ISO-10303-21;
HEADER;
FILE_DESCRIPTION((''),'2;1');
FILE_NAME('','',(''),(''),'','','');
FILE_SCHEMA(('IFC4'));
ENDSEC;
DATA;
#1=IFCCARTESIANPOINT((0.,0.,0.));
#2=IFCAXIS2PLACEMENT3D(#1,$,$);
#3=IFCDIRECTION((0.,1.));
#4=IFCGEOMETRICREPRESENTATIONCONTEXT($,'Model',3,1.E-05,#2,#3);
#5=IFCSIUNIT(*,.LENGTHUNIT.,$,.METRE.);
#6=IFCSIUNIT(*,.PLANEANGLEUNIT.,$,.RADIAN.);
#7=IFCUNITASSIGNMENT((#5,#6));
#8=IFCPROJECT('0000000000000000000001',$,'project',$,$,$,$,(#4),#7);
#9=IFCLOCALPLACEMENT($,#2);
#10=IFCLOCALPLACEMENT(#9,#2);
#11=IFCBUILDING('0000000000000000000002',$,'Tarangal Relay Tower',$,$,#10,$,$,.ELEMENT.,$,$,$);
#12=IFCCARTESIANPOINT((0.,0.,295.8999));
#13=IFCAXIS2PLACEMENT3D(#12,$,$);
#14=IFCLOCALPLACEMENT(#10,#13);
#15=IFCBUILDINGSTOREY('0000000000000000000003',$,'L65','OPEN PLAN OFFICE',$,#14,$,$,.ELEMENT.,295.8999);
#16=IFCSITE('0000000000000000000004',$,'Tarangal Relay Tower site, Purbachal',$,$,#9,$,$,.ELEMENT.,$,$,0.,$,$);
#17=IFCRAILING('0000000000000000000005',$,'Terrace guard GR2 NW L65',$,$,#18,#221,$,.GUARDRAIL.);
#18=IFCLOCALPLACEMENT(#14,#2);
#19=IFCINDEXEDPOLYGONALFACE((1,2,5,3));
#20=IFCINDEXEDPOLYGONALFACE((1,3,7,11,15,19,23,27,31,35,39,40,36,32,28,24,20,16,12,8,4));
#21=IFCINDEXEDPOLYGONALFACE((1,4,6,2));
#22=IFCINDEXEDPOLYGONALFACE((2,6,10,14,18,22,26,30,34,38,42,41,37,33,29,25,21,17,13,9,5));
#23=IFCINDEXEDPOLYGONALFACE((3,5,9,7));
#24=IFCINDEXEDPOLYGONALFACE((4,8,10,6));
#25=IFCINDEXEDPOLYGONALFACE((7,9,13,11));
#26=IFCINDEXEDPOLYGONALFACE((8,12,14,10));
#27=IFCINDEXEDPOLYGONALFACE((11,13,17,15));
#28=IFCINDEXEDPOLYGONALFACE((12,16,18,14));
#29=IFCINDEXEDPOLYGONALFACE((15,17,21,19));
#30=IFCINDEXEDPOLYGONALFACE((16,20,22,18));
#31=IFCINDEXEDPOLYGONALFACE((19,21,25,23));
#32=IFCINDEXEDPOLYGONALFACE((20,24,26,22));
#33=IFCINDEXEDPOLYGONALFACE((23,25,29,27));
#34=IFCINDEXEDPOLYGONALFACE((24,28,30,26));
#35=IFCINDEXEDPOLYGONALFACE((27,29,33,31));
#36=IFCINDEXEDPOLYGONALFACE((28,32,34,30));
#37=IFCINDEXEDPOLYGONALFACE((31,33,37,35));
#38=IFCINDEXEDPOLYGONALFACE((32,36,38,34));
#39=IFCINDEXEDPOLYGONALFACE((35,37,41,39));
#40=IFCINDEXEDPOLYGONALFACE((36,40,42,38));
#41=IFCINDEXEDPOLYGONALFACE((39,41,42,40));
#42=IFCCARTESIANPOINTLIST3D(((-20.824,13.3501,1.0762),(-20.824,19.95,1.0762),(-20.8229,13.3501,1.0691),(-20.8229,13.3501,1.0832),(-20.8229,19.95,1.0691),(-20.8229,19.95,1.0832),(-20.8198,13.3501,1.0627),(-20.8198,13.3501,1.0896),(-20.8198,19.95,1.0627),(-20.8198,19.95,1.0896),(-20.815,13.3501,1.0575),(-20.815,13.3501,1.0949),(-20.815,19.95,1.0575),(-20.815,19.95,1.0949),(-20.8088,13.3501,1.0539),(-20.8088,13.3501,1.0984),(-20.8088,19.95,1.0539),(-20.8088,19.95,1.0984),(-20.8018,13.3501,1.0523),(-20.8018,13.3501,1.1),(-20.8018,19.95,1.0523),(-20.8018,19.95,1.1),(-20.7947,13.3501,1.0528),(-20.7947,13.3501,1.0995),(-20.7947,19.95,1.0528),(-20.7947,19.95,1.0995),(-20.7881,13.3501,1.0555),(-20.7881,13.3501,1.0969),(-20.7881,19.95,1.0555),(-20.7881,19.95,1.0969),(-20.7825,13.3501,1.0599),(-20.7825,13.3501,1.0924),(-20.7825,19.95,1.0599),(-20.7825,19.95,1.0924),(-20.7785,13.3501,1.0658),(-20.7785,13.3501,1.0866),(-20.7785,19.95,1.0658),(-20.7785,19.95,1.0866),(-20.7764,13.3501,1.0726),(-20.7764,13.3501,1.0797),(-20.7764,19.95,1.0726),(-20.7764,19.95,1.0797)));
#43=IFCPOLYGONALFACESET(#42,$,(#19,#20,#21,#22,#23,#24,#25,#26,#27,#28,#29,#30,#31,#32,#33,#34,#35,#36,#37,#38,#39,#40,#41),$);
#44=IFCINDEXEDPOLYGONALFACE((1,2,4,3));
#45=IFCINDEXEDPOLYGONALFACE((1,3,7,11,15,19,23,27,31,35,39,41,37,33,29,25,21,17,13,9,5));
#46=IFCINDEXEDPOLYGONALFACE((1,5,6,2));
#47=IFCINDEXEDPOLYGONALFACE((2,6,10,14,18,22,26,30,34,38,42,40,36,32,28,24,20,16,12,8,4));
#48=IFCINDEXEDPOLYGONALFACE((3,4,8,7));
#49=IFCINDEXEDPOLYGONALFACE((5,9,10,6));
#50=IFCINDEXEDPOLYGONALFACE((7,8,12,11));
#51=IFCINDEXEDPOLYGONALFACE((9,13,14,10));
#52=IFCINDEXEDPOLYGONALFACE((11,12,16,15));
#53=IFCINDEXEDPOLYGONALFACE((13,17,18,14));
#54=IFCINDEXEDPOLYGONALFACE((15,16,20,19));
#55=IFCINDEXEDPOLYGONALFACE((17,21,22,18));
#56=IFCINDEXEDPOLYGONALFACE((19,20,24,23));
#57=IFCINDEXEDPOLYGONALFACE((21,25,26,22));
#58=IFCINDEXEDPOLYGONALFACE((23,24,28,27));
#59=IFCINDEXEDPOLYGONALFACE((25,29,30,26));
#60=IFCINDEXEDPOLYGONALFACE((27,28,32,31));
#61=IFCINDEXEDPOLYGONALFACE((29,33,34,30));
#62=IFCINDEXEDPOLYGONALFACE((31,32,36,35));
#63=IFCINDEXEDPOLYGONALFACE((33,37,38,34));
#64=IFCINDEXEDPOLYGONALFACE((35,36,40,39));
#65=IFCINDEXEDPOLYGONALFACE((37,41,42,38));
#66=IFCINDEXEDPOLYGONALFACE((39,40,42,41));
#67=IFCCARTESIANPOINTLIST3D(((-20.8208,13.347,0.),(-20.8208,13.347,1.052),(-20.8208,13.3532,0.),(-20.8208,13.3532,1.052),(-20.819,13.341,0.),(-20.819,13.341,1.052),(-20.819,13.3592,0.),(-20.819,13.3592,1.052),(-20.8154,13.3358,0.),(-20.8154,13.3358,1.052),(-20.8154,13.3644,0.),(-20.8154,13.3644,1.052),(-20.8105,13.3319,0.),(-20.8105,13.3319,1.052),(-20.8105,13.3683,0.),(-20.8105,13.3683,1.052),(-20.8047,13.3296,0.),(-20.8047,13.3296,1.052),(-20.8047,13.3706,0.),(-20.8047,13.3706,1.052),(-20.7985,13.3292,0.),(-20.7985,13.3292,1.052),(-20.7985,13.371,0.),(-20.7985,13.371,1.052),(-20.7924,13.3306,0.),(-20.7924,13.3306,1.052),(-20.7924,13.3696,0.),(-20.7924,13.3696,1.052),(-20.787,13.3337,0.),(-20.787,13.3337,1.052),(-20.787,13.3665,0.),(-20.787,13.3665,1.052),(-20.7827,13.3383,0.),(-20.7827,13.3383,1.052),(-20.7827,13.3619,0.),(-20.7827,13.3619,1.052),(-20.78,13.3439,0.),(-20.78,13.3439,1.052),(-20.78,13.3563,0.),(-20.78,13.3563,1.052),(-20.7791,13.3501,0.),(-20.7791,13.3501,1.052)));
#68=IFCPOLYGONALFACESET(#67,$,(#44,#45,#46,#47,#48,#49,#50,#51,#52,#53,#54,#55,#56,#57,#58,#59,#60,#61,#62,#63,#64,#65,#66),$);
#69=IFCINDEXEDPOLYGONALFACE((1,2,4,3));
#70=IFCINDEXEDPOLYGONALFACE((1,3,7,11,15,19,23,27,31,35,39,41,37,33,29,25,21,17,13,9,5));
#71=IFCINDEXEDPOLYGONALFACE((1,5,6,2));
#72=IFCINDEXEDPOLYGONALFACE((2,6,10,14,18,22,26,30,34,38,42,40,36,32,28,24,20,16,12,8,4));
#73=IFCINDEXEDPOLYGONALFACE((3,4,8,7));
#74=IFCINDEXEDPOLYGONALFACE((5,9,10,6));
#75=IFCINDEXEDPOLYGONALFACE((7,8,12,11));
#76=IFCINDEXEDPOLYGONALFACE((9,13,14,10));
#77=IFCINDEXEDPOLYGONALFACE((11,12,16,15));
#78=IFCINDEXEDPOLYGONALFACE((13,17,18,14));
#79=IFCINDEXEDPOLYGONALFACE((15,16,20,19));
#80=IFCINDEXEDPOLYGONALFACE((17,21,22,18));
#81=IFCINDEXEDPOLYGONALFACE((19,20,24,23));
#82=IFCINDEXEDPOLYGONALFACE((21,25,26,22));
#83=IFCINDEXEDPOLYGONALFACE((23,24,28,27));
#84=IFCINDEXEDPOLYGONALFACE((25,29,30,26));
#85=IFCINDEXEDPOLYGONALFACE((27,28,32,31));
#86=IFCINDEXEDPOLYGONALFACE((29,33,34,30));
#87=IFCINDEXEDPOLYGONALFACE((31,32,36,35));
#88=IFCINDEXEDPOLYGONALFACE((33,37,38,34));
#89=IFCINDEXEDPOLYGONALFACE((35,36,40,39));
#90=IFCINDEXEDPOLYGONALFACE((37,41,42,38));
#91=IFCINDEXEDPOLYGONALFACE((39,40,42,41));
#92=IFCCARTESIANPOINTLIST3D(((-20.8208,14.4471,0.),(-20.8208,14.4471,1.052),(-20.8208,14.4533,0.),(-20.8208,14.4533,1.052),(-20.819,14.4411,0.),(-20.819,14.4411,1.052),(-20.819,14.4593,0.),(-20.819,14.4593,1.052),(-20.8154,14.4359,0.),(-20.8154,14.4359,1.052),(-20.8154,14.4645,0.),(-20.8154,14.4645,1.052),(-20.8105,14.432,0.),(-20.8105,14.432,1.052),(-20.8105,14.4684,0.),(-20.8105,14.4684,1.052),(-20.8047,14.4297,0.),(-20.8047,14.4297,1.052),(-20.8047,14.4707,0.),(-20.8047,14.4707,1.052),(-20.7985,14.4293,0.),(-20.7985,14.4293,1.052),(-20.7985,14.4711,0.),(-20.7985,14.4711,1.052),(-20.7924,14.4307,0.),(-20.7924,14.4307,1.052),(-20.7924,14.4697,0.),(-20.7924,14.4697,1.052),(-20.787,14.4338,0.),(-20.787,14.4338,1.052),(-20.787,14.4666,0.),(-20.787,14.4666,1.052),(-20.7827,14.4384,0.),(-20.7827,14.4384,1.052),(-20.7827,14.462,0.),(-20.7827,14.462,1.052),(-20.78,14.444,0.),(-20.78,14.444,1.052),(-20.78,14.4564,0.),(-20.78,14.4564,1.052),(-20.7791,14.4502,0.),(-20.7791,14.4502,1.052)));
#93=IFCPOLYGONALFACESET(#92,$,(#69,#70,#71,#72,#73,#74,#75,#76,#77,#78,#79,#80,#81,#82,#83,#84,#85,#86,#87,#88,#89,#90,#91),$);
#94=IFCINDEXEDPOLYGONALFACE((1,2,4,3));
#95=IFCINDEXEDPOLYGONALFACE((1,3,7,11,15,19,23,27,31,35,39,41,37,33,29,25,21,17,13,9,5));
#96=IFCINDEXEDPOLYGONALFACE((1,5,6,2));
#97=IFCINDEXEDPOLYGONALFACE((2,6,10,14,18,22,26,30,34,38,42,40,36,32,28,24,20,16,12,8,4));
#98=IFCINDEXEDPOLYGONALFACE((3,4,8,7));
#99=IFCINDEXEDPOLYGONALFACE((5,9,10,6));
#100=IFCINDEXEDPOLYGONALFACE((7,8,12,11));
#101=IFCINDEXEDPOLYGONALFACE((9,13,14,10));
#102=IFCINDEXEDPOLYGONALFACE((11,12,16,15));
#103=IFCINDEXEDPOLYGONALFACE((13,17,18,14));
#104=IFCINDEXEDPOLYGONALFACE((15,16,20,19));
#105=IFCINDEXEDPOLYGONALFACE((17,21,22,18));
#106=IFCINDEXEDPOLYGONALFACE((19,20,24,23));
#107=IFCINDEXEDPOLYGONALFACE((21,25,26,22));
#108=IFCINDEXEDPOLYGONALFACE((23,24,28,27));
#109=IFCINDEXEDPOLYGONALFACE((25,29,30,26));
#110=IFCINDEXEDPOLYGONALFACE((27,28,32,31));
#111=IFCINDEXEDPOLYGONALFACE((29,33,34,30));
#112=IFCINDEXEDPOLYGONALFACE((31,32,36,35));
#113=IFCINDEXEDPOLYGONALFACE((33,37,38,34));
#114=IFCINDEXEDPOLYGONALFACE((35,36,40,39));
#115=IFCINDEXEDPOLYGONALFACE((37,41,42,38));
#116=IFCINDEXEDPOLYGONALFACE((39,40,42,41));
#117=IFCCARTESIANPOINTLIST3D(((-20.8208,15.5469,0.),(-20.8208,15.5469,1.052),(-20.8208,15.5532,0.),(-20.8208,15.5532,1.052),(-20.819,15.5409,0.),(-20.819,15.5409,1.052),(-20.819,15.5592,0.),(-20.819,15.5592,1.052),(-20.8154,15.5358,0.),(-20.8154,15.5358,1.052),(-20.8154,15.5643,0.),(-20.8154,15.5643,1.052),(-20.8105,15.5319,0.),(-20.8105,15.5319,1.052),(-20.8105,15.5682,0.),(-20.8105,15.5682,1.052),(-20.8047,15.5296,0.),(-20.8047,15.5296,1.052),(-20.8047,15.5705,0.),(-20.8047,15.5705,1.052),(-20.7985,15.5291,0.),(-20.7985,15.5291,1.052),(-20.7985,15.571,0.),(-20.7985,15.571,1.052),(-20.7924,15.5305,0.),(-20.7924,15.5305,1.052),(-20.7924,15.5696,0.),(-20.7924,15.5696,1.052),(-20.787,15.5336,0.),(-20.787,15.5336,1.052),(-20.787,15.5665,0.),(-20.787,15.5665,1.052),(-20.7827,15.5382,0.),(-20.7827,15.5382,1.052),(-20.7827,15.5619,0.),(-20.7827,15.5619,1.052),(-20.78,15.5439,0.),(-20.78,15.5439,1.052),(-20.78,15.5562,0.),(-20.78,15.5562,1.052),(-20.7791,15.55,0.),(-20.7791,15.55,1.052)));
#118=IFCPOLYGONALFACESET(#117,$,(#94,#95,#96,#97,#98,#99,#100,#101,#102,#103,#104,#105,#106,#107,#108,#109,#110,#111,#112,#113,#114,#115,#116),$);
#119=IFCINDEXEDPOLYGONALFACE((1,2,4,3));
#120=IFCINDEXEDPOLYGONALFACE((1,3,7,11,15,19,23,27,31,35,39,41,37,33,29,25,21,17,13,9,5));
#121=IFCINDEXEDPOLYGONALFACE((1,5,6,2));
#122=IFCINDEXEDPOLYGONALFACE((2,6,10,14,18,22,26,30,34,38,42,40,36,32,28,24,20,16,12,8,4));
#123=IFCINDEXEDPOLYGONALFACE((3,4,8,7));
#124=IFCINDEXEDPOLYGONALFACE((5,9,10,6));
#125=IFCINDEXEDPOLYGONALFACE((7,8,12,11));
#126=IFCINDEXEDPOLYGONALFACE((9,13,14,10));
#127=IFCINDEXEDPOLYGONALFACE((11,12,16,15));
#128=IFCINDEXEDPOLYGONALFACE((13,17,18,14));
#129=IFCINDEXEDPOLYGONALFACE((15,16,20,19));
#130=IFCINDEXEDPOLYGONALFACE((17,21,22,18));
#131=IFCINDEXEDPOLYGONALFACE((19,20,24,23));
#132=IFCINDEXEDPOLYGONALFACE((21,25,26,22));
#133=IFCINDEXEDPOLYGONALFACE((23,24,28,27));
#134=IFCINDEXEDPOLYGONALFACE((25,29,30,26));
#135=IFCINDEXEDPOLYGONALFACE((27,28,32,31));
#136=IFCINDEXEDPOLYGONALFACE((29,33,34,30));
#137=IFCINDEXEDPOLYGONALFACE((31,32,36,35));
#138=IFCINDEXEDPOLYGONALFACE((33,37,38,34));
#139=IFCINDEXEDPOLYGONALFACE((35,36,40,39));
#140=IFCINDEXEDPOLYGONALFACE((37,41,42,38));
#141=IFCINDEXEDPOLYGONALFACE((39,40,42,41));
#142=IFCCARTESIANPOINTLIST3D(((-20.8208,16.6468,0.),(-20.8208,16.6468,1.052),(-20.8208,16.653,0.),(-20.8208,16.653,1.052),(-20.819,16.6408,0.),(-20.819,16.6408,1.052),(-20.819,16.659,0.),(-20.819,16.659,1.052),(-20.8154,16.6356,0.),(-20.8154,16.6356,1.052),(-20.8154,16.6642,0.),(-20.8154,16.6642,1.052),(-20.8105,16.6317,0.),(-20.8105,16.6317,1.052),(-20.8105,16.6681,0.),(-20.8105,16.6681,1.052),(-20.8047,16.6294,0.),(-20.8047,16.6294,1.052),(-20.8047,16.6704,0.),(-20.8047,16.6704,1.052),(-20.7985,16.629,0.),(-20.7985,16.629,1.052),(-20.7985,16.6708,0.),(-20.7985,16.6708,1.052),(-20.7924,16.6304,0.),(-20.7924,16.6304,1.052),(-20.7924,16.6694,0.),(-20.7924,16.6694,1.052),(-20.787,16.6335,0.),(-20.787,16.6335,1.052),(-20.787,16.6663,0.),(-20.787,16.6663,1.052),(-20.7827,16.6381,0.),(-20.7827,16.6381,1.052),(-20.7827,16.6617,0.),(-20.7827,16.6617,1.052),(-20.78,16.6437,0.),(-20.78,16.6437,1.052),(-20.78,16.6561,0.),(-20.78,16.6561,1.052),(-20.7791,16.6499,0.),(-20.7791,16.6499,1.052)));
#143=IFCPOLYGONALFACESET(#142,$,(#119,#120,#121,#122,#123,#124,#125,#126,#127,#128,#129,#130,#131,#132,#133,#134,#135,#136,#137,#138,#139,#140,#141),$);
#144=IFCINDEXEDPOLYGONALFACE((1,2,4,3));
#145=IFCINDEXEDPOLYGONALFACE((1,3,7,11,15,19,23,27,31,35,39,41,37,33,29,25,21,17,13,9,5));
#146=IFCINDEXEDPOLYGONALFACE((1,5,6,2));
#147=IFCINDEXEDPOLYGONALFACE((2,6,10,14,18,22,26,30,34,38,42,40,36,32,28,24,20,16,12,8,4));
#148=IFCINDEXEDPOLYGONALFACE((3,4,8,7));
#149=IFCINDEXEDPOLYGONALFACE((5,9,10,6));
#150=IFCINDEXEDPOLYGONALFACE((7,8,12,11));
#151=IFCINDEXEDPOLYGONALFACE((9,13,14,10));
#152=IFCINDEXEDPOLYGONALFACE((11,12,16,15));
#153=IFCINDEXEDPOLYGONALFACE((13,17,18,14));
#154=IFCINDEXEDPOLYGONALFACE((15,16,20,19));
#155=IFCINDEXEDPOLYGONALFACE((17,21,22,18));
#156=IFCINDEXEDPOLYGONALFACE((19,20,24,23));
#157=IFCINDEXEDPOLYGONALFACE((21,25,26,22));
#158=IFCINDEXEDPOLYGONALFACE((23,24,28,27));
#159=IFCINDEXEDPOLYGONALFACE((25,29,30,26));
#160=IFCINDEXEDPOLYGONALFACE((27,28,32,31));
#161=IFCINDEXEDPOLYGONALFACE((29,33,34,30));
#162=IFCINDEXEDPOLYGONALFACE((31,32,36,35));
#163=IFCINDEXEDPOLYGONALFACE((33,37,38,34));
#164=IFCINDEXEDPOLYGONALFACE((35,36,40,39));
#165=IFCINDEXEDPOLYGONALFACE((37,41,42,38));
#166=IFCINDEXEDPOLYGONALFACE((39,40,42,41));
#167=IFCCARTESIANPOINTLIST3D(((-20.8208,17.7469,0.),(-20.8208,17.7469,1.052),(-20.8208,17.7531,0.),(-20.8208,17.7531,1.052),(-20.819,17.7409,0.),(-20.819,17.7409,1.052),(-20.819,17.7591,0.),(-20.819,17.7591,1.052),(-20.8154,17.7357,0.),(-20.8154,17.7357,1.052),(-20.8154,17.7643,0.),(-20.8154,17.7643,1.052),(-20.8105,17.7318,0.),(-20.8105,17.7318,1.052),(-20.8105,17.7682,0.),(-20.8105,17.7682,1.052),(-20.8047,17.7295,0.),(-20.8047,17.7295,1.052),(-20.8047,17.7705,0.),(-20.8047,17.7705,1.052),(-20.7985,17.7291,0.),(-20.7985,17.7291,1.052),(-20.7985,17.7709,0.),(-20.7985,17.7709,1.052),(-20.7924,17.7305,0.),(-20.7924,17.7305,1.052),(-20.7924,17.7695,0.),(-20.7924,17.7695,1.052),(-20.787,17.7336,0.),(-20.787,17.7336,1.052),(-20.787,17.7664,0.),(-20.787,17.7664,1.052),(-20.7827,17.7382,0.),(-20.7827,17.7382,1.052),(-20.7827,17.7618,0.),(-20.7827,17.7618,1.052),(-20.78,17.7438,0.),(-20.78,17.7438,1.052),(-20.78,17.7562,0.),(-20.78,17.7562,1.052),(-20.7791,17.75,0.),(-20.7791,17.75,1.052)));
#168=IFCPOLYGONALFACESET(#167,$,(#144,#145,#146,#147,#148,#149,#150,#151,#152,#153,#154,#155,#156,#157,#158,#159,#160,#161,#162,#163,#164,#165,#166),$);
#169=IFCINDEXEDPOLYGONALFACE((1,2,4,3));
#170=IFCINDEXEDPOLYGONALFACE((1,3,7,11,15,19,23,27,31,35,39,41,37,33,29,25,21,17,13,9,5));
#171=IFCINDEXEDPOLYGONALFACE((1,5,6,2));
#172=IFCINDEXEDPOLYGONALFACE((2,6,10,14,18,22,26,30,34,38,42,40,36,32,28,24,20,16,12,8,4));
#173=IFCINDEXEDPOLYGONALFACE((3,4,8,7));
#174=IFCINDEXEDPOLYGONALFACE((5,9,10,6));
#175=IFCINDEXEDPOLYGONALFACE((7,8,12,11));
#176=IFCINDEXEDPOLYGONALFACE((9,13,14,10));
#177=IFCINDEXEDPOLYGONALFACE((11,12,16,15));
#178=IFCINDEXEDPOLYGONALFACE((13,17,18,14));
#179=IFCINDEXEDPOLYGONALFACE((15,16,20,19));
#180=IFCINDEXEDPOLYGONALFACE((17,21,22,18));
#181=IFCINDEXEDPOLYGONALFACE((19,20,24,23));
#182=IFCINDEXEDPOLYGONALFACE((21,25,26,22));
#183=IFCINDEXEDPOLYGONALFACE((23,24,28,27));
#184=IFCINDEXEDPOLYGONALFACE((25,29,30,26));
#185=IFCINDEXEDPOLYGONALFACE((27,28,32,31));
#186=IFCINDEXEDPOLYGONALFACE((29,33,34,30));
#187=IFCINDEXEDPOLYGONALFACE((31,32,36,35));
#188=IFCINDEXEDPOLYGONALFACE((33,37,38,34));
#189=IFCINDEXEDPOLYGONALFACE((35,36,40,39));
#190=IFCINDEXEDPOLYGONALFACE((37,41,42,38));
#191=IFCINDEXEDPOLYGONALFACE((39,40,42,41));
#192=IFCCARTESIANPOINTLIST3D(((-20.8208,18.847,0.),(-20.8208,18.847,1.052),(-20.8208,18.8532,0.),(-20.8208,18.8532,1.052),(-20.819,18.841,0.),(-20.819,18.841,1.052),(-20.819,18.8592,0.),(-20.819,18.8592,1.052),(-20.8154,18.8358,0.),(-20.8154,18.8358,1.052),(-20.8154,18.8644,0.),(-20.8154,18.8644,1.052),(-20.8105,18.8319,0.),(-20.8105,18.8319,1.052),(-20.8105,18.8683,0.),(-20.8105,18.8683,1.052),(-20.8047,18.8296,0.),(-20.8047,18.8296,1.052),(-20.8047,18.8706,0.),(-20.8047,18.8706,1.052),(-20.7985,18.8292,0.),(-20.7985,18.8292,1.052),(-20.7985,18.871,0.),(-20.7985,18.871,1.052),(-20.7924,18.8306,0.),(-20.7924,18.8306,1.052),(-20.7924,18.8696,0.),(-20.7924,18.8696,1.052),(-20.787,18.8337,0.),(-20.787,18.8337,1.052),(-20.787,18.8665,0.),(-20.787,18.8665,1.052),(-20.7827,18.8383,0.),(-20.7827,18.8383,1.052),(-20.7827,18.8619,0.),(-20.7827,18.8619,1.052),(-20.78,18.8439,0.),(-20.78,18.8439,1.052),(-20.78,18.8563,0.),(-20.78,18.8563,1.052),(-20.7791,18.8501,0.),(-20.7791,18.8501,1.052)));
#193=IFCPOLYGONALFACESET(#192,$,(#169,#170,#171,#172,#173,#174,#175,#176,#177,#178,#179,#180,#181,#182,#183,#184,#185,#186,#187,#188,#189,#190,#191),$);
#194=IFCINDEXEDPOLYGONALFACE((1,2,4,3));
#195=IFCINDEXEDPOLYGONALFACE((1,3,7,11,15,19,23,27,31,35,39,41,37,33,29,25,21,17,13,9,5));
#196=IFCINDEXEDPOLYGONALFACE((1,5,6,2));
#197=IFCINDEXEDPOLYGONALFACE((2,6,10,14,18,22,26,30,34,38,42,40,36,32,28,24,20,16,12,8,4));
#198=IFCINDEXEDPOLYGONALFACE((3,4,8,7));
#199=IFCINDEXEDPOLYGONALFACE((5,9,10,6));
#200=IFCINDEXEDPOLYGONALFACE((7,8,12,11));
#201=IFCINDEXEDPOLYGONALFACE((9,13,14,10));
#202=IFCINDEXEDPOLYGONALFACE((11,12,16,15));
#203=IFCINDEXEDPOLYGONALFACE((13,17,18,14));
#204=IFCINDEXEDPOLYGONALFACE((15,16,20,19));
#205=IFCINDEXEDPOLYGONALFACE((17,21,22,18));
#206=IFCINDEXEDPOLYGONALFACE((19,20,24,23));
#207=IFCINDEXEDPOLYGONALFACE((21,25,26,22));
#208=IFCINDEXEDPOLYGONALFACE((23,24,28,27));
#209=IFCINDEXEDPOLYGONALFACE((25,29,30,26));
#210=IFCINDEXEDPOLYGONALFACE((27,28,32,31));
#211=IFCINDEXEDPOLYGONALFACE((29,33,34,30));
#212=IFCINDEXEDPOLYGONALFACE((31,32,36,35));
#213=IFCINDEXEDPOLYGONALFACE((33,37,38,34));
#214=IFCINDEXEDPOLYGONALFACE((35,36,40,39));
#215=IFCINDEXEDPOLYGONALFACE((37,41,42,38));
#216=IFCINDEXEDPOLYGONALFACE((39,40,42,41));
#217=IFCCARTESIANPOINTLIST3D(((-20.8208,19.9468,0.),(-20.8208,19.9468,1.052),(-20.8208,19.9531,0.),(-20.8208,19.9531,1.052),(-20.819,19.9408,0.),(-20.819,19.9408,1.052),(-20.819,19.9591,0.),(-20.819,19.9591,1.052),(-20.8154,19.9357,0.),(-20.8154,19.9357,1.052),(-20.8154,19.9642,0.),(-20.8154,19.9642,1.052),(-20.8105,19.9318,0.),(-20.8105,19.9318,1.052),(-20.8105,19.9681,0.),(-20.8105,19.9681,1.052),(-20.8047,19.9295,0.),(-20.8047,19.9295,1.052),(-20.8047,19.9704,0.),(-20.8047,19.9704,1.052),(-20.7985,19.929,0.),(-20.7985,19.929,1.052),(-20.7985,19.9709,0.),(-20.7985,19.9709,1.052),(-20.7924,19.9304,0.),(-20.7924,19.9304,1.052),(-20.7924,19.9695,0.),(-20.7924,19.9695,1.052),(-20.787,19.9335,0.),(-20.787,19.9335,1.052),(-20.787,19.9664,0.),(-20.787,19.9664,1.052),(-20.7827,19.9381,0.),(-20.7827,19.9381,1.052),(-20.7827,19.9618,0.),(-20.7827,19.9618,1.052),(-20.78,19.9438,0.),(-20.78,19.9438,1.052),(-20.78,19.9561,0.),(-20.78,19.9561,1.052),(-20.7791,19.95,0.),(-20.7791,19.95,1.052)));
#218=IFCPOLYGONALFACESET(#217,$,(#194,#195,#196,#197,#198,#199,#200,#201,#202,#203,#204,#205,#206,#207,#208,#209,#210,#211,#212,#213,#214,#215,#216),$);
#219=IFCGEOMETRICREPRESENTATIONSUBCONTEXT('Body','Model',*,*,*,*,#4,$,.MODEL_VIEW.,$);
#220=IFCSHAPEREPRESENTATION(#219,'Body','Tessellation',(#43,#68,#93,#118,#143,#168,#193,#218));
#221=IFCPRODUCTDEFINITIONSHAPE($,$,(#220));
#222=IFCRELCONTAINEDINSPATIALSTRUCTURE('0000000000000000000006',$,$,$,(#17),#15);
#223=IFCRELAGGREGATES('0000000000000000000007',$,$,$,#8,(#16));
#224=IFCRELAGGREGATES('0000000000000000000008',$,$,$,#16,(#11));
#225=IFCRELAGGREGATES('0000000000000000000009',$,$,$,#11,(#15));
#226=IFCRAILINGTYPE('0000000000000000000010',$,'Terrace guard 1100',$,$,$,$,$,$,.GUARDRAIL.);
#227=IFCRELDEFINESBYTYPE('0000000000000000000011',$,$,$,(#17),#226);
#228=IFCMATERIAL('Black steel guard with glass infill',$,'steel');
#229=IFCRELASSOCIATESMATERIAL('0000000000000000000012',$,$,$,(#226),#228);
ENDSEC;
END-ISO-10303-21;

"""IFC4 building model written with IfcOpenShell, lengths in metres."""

from ifc_helpers import new_model, si_unit, direction, frame, origin, origin_2d, place, context, subcontext, project, spatial, circle, extrude, material, type_object, element, save


model = new_model("IFC4")

# Units and contexts
model_context = context("Model", 3, precision=1e-05, world=origin(), true_north=direction((0.0, 1.0)))
body_context = subcontext(model_context, "Body", "Model", "MODEL_VIEW")
ifc_project = project(units=[si_unit("LENGTHUNIT", "METRE"), si_unit("PLANEANGLEUNIT", "RADIAN")], contexts=[model_context])

# Site, building, storey
site_placement = place(None, origin())
site = spatial("IfcSite", under=ifc_project, at=site_placement, Name="Tarangal Relay Tower site, Purbachal", CompositionType="ELEMENT", RefElevation=0.0)
building_placement = place(site_placement, origin())
building = spatial("IfcBuilding", under=site, at=building_placement, Name="Tarangal Relay Tower", CompositionType="ELEMENT")
storey_placement = place(building_placement, frame((0.0, 0.0, 295.8999)))
storey = spatial("IfcBuildingStorey", under=building, at=storey_placement, Name="L65", Description="OPEN PLAN OFFICE", CompositionType="ELEMENT", Elevation=295.8999)

# Railing
ifc_material_1 = material(Name="Black steel guard with glass infill", Category="steel")
railing_type = type_object("IfcRailingType", Name="Terrace guard 1100", PredefinedType="GUARDRAIL", material=ifc_material_1)
railing_1_placement = place(storey_placement, frame((-20.8, 13.3501, 0.0)))
element("IfcRailing", 1, at=railing_1_placement, inside=storey, type_object=railing_type, Name="Terrace guard GR2 NW L65", PredefinedType="GUARDRAIL", context=body_context, shape_type="SweptSolid", body=[
    extrude(circle(Radius=0.0239, at=origin_2d()), frame((0.0, 0.0, 1.0762), z_axis=(0.0, 1.0, 0.0), x_axis=(-1.0, 0.0, 0.0)), (0.0, 0.0, 1.0), 6.5999),
    extrude(circle(Radius=0.021, at=origin_2d()), origin(), (0.0, 0.0, 1.0), 1.052),
    extrude(circle(Radius=0.021, at=origin_2d()), frame((0.0, 1.1001, 0.0)), (0.0, 0.0, 1.0), 1.052),
    extrude(circle(Radius=0.021, at=origin_2d()), frame((0.0, 2.2, 0.0)), (0.0, 0.0, 1.0), 1.052),
    extrude(circle(Radius=0.021, at=origin_2d()), frame((0.0, 3.2998, 0.0)), (0.0, 0.0, 1.0), 1.052),
    extrude(circle(Radius=0.021, at=origin_2d()), frame((0.0, 4.3999, 0.0)), (0.0, 0.0, 1.0), 1.052),
    extrude(circle(Radius=0.021, at=origin_2d()), frame((0.0, 5.5, 0.0)), (0.0, 0.0, 1.0), 1.052),
    extrude(circle(Radius=0.021, at=origin_2d()), frame((0.0, 6.5999, 0.0)), (0.0, 0.0, 1.0), 1.052),
])

save(model, "model.ifc")
